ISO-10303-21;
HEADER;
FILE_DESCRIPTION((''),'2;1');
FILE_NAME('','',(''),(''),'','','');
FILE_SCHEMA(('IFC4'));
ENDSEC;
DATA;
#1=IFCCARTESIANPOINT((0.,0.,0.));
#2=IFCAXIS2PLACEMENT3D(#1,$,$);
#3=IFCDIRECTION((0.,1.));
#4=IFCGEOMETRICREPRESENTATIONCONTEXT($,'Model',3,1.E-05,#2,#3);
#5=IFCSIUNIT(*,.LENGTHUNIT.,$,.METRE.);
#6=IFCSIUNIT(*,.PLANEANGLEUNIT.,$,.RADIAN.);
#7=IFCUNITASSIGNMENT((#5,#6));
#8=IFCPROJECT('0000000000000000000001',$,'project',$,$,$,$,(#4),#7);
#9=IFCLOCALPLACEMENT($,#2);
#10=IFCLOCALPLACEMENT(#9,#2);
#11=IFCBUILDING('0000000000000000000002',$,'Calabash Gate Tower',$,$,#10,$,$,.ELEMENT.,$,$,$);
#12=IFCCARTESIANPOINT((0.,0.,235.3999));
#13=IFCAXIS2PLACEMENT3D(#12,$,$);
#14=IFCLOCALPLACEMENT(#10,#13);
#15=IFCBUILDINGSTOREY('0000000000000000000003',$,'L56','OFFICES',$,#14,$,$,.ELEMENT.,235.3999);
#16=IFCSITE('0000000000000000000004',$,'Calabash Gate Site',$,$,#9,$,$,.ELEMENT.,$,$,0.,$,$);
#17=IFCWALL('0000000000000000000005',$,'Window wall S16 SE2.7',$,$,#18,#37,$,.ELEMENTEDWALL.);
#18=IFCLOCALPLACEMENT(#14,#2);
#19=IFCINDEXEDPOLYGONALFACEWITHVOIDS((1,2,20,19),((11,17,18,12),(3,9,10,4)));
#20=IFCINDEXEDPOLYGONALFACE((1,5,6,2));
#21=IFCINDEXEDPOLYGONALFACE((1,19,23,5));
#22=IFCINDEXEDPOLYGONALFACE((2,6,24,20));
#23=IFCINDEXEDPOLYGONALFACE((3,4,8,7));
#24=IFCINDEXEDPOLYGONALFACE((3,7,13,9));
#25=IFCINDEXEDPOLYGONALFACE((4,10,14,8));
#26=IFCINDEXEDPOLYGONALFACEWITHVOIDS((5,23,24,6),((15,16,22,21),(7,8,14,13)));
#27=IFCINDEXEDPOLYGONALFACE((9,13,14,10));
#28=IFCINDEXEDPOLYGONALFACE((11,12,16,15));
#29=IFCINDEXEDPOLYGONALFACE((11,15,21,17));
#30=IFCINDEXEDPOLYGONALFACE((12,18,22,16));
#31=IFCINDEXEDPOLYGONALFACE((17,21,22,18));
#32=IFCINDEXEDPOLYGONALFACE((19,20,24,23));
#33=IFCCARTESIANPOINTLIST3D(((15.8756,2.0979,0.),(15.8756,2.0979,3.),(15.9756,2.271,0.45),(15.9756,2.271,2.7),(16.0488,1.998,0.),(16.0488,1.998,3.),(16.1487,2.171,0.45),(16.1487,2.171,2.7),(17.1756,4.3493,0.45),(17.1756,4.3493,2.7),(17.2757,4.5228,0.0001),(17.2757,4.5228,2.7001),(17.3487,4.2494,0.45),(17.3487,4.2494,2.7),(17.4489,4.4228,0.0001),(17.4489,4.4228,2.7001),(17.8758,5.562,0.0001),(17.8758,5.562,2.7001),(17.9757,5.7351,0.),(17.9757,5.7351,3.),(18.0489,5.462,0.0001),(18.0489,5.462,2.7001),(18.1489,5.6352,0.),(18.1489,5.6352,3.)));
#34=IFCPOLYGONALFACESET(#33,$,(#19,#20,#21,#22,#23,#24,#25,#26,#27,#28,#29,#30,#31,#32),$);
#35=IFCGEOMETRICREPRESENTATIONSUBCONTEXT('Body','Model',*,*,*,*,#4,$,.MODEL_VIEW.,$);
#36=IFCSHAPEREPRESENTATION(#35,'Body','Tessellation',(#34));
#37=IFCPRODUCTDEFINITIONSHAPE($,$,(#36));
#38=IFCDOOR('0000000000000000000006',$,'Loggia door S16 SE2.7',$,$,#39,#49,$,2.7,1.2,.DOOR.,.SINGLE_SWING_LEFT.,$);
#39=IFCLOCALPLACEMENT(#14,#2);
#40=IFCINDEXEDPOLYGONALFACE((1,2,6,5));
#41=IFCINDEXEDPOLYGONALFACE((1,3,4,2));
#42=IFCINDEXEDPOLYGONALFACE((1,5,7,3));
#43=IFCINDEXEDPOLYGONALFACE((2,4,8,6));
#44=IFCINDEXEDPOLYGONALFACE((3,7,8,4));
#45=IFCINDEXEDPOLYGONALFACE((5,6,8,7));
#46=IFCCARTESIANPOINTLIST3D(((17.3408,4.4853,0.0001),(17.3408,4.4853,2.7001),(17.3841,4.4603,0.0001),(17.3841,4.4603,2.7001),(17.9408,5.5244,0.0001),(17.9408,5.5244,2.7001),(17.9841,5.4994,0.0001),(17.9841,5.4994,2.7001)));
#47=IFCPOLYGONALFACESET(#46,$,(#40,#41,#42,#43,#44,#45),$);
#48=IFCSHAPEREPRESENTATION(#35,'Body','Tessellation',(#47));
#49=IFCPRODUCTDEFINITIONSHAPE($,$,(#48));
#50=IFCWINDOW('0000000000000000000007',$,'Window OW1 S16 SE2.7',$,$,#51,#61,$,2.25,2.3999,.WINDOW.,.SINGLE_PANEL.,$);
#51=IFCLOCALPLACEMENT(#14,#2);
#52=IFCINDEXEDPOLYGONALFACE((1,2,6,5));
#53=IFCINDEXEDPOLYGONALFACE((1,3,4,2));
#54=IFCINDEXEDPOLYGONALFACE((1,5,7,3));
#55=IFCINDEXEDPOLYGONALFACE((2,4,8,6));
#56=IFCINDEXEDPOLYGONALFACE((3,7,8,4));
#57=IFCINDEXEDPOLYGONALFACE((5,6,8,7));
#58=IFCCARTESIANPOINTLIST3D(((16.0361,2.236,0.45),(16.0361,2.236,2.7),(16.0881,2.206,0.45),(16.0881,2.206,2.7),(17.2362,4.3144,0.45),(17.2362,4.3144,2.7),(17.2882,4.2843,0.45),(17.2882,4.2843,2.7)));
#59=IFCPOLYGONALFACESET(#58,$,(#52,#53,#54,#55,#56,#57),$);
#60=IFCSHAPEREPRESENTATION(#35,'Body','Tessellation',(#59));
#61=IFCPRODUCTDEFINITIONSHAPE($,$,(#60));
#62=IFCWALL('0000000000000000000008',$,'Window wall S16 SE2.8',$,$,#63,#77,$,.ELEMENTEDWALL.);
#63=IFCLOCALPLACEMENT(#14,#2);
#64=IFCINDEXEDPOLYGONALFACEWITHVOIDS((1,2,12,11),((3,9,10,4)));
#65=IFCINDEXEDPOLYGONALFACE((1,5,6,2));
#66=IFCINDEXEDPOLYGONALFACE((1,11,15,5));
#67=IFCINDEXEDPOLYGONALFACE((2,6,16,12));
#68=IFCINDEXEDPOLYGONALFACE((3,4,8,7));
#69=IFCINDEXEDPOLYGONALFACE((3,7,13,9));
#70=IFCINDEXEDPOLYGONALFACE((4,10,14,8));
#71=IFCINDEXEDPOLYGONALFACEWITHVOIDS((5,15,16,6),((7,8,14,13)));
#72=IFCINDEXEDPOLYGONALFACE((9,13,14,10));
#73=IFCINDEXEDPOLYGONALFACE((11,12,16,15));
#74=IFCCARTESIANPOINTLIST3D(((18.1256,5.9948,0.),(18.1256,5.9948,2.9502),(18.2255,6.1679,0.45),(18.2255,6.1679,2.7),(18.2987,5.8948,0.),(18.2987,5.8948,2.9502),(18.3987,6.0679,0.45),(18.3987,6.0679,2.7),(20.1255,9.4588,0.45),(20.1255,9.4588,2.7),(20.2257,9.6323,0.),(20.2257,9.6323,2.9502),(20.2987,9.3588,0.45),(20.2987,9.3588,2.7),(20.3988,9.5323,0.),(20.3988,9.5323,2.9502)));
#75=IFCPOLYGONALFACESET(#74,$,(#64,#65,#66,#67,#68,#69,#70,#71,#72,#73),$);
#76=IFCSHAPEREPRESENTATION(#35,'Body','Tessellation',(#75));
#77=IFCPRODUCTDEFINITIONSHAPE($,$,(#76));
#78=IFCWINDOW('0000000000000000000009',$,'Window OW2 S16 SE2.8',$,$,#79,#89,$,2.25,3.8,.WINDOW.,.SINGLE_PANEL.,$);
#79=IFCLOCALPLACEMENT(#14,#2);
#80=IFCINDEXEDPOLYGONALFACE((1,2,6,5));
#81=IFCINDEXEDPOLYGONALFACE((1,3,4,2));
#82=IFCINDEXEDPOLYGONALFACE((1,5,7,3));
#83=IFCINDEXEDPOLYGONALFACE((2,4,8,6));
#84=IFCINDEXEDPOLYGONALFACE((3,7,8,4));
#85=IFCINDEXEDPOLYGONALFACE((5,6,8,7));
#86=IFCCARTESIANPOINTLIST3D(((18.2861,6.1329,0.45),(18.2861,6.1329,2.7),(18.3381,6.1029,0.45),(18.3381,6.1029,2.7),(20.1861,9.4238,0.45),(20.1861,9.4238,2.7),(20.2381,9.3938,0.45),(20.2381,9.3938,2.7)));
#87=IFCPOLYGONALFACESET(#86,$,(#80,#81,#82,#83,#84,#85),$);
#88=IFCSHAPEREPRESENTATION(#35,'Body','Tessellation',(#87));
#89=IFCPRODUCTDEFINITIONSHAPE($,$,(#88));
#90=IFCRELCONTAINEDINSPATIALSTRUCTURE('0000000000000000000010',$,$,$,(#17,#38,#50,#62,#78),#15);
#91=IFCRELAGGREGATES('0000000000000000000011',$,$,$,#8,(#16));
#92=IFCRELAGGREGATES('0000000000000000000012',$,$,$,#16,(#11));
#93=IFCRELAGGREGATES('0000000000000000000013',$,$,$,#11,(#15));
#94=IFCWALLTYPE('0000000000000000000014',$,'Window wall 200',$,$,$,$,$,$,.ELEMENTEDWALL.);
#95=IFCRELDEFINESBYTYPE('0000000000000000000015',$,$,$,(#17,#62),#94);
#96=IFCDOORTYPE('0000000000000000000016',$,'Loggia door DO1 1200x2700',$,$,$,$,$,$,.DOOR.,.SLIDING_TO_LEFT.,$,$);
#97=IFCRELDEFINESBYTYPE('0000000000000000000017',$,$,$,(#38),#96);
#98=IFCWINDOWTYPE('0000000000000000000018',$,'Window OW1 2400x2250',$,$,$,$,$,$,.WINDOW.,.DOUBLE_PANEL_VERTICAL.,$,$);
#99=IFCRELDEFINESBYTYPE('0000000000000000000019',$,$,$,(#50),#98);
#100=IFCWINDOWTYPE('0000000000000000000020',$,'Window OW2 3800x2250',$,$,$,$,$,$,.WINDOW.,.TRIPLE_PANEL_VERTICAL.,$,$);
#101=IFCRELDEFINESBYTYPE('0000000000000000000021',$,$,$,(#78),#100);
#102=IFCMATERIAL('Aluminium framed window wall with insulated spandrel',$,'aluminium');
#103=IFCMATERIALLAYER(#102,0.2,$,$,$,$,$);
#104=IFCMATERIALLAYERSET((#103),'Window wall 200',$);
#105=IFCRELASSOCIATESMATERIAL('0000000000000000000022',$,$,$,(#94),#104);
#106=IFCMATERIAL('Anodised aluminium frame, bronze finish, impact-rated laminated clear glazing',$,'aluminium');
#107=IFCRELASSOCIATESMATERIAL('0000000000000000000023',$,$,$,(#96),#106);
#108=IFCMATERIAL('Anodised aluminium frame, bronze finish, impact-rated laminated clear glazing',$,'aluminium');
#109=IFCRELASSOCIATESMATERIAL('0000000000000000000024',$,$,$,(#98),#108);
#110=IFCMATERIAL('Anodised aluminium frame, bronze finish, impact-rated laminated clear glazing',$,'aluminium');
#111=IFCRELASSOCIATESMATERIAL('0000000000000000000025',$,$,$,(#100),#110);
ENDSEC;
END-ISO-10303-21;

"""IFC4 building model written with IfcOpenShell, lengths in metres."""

from ifc_helpers import new_model, si_unit, direction, frame, frame_2d, origin, place, context, subcontext, project, spatial, rectangle, extrude, material, layer, layer_set, type_object, element, fill, save


model = new_model("IFC4")

# Units and contexts
model_context = context("Model", 3, precision=1e-05, world=origin(), true_north=direction((0.0, 1.0)))
body_context = subcontext(model_context, "Body", "Model", "MODEL_VIEW")
ifc_project = project(units=[si_unit("LENGTHUNIT", "METRE"), si_unit("PLANEANGLEUNIT", "RADIAN")], contexts=[model_context])

# Site, building, storey
site_placement = place(None, origin())
site = spatial("IfcSite", under=ifc_project, at=site_placement, Name="Calabash Gate Site", CompositionType="ELEMENT", RefElevation=0.0)
building_placement = place(site_placement, origin())
building = spatial("IfcBuilding", under=site, at=building_placement, Name="Calabash Gate Tower", CompositionType="ELEMENT")
storey_placement = place(building_placement, frame((0.0, 0.0, 235.3999)))
storey = spatial("IfcBuildingStorey", under=building, at=storey_placement, Name="L56", Description="OFFICES", CompositionType="ELEMENT", Elevation=235.3999)

# Wall, openings, door, window
ifc_material_1 = material(Name="Aluminium framed window wall with insulated spandrel", Category="aluminium")
ifc_layer_1 = layer(ifc_material_1, 0.2)
ifc_layer_set_1 = layer_set([ifc_layer_1], Name="Window wall 200")
wall_type_1 = type_object("IfcWallType", Name="Window wall 200", PredefinedType="ELEMENTEDWALL", material=ifc_layer_set_1)
wall_1_placement = place(storey_placement, frame((15.9622, 2.0479, 0.0), z_axis=(0.0, 0.0, 1.0), x_axis=(0.500028, 0.866009, 0.0)))
wall_1 = element("IfcWall", 1, at=wall_1_placement, inside=storey, type_object=wall_type_1, Name="Window wall S16 SE2.7", PredefinedType="ELEMENTEDWALL", context=body_context, shape_type="SweptSolid", body=[
    extrude(rectangle(XDim=4.2, YDim=0.2, at=frame_2d((2.1001, 0.0))), origin(), (0.0, 0.0, 1.0), 3.0),
])
opening_1_placement = place(wall_1_placement, frame((0.2, 0.0, 0.45)))
opening_1 = element("IfcOpeningElement", 2, at=opening_1_placement, cuts=wall_1, PredefinedType="OPENING", context=body_context, shape_type="SweptSolid", body=[
    extrude(rectangle(XDim=2.3999, YDim=2.25, at=frame_2d((1.2, 1.125))), frame((0.0, 0.1099, 0.0), z_axis=(0.0, -1.0, 0.0), x_axis=(1.0, 0.0, 0.0)), (0.0, 0.0, 1.0), 0.22),
])
opening_2_placement = place(wall_1_placement, frame((2.8, 0.0, 0.0)))
opening_2 = element("IfcOpeningElement", 3, at=opening_2_placement, cuts=wall_1, PredefinedType="OPENING", context=body_context, shape_type="SweptSolid", body=[
    extrude(rectangle(XDim=1.2, YDim=2.7, at=frame_2d((0.6001, 1.3501))), frame((0.0, 0.1099, 0.0), z_axis=(0.0, -1.0, 0.0), x_axis=(1.0, 0.0, 0.0)), (0.0, 0.0, 1.0), 0.22),
])
ifc_material_2 = material(Name="Anodised aluminium frame, bronze finish, impact-rated laminated clear glazing", Category="aluminium")
door_type_1 = type_object("IfcDoorType", Name="Loggia door DO1 1200x2700", OperationType="SLIDING_TO_LEFT", PredefinedType="DOOR", material=ifc_material_2)
door_1_placement = place(opening_2_placement, origin())
door_1 = element("IfcDoor", 4, at=door_1_placement, inside=storey, type_object=door_type_1, Name="Loggia door S16 SE2.7", OperationType="SINGLE_SWING_LEFT", OverallHeight=2.7, OverallWidth=1.2, PredefinedType="DOOR", context=body_context, shape_type="SweptSolid", body=[
    extrude(rectangle(XDim=1.2, YDim=2.7, at=frame_2d((0.6001, 1.3501))), frame((0.0, 0.0249, 0.0), z_axis=(0.0, -1.0, 0.0), x_axis=(1.0, 0.0, 0.0)), (0.0, 0.0, 1.0), 0.05),
])
fill(opening_2, door_1)
ifc_material_3 = material(Name="Anodised aluminium frame, bronze finish, impact-rated laminated clear glazing", Category="aluminium")
window_type_1 = type_object("IfcWindowType", Name="Window OW1 2400x2250", PartitioningType="DOUBLE_PANEL_VERTICAL", PredefinedType="WINDOW", material=ifc_material_3)
window_1_placement = place(opening_1_placement, origin())
window_1 = element("IfcWindow", 5, at=window_1_placement, inside=storey, type_object=window_type_1, Name="Window OW1 S16 SE2.7", OverallHeight=2.25, OverallWidth=2.3999, PartitioningType="SINGLE_PANEL", PredefinedType="WINDOW", context=body_context, shape_type="SweptSolid", body=[
    extrude(rectangle(XDim=2.3999, YDim=2.25, at=frame_2d((1.2, 1.125))), frame((0.0, 0.03, 0.0), z_axis=(0.0, -1.0, 0.0), x_axis=(1.0, 0.0, 0.0)), (0.0, 0.0, 1.0), 0.0601),
])
fill(opening_1, window_1)

# Wall, opening, window
wall_2_placement = place(storey_placement, frame((18.2122, 5.9448, 0.0), z_axis=(0.0, 0.0, 1.0), x_axis=(0.500003, 0.866024, 0.0)))
wall_2 = element("IfcWall", 6, at=wall_2_placement, inside=storey, type_object=wall_type_1, Name="Window wall S16 SE2.8", PredefinedType="ELEMENTEDWALL", context=body_context, shape_type="SweptSolid", body=[
    extrude(rectangle(XDim=4.2002, YDim=0.2, at=frame_2d((2.1001, 0.0))), origin(), (0.0, 0.0, 1.0), 2.9502),
])
opening_3_placement = place(wall_2_placement, frame((0.2, 0.0, 0.45)))
opening_3 = element("IfcOpeningElement", 7, at=opening_3_placement, cuts=wall_2, PredefinedType="OPENING", context=body_context, shape_type="SweptSolid", body=[
    extrude(rectangle(XDim=3.8, YDim=2.25, at=frame_2d((1.8999, 1.125))), frame((0.0, 0.1099, 0.0), z_axis=(0.0, -1.0, 0.0), x_axis=(1.0, 0.0, 0.0)), (0.0, 0.0, 1.0), 0.22),
])
ifc_material_4 = material(Name="Anodised aluminium frame, bronze finish, impact-rated laminated clear glazing", Category="aluminium")
window_type_2 = type_object("IfcWindowType", Name="Window OW2 3800x2250", PartitioningType="TRIPLE_PANEL_VERTICAL", PredefinedType="WINDOW", material=ifc_material_4)
window_2_placement = place(opening_3_placement, origin())
window_2 = element("IfcWindow", 8, at=window_2_placement, inside=storey, type_object=window_type_2, Name="Window OW2 S16 SE2.8", OverallHeight=2.25, OverallWidth=3.8, PartitioningType="SINGLE_PANEL", PredefinedType="WINDOW", context=body_context, shape_type="SweptSolid", body=[
    extrude(rectangle(XDim=3.8, YDim=2.25, at=frame_2d((1.8999, 1.125))), frame((0.0, 0.03, 0.0), z_axis=(0.0, -1.0, 0.0), x_axis=(1.0, 0.0, 0.0)), (0.0, 0.0, 1.0), 0.0601),
])
fill(opening_3, window_2)

save(model, "model.ifc")
